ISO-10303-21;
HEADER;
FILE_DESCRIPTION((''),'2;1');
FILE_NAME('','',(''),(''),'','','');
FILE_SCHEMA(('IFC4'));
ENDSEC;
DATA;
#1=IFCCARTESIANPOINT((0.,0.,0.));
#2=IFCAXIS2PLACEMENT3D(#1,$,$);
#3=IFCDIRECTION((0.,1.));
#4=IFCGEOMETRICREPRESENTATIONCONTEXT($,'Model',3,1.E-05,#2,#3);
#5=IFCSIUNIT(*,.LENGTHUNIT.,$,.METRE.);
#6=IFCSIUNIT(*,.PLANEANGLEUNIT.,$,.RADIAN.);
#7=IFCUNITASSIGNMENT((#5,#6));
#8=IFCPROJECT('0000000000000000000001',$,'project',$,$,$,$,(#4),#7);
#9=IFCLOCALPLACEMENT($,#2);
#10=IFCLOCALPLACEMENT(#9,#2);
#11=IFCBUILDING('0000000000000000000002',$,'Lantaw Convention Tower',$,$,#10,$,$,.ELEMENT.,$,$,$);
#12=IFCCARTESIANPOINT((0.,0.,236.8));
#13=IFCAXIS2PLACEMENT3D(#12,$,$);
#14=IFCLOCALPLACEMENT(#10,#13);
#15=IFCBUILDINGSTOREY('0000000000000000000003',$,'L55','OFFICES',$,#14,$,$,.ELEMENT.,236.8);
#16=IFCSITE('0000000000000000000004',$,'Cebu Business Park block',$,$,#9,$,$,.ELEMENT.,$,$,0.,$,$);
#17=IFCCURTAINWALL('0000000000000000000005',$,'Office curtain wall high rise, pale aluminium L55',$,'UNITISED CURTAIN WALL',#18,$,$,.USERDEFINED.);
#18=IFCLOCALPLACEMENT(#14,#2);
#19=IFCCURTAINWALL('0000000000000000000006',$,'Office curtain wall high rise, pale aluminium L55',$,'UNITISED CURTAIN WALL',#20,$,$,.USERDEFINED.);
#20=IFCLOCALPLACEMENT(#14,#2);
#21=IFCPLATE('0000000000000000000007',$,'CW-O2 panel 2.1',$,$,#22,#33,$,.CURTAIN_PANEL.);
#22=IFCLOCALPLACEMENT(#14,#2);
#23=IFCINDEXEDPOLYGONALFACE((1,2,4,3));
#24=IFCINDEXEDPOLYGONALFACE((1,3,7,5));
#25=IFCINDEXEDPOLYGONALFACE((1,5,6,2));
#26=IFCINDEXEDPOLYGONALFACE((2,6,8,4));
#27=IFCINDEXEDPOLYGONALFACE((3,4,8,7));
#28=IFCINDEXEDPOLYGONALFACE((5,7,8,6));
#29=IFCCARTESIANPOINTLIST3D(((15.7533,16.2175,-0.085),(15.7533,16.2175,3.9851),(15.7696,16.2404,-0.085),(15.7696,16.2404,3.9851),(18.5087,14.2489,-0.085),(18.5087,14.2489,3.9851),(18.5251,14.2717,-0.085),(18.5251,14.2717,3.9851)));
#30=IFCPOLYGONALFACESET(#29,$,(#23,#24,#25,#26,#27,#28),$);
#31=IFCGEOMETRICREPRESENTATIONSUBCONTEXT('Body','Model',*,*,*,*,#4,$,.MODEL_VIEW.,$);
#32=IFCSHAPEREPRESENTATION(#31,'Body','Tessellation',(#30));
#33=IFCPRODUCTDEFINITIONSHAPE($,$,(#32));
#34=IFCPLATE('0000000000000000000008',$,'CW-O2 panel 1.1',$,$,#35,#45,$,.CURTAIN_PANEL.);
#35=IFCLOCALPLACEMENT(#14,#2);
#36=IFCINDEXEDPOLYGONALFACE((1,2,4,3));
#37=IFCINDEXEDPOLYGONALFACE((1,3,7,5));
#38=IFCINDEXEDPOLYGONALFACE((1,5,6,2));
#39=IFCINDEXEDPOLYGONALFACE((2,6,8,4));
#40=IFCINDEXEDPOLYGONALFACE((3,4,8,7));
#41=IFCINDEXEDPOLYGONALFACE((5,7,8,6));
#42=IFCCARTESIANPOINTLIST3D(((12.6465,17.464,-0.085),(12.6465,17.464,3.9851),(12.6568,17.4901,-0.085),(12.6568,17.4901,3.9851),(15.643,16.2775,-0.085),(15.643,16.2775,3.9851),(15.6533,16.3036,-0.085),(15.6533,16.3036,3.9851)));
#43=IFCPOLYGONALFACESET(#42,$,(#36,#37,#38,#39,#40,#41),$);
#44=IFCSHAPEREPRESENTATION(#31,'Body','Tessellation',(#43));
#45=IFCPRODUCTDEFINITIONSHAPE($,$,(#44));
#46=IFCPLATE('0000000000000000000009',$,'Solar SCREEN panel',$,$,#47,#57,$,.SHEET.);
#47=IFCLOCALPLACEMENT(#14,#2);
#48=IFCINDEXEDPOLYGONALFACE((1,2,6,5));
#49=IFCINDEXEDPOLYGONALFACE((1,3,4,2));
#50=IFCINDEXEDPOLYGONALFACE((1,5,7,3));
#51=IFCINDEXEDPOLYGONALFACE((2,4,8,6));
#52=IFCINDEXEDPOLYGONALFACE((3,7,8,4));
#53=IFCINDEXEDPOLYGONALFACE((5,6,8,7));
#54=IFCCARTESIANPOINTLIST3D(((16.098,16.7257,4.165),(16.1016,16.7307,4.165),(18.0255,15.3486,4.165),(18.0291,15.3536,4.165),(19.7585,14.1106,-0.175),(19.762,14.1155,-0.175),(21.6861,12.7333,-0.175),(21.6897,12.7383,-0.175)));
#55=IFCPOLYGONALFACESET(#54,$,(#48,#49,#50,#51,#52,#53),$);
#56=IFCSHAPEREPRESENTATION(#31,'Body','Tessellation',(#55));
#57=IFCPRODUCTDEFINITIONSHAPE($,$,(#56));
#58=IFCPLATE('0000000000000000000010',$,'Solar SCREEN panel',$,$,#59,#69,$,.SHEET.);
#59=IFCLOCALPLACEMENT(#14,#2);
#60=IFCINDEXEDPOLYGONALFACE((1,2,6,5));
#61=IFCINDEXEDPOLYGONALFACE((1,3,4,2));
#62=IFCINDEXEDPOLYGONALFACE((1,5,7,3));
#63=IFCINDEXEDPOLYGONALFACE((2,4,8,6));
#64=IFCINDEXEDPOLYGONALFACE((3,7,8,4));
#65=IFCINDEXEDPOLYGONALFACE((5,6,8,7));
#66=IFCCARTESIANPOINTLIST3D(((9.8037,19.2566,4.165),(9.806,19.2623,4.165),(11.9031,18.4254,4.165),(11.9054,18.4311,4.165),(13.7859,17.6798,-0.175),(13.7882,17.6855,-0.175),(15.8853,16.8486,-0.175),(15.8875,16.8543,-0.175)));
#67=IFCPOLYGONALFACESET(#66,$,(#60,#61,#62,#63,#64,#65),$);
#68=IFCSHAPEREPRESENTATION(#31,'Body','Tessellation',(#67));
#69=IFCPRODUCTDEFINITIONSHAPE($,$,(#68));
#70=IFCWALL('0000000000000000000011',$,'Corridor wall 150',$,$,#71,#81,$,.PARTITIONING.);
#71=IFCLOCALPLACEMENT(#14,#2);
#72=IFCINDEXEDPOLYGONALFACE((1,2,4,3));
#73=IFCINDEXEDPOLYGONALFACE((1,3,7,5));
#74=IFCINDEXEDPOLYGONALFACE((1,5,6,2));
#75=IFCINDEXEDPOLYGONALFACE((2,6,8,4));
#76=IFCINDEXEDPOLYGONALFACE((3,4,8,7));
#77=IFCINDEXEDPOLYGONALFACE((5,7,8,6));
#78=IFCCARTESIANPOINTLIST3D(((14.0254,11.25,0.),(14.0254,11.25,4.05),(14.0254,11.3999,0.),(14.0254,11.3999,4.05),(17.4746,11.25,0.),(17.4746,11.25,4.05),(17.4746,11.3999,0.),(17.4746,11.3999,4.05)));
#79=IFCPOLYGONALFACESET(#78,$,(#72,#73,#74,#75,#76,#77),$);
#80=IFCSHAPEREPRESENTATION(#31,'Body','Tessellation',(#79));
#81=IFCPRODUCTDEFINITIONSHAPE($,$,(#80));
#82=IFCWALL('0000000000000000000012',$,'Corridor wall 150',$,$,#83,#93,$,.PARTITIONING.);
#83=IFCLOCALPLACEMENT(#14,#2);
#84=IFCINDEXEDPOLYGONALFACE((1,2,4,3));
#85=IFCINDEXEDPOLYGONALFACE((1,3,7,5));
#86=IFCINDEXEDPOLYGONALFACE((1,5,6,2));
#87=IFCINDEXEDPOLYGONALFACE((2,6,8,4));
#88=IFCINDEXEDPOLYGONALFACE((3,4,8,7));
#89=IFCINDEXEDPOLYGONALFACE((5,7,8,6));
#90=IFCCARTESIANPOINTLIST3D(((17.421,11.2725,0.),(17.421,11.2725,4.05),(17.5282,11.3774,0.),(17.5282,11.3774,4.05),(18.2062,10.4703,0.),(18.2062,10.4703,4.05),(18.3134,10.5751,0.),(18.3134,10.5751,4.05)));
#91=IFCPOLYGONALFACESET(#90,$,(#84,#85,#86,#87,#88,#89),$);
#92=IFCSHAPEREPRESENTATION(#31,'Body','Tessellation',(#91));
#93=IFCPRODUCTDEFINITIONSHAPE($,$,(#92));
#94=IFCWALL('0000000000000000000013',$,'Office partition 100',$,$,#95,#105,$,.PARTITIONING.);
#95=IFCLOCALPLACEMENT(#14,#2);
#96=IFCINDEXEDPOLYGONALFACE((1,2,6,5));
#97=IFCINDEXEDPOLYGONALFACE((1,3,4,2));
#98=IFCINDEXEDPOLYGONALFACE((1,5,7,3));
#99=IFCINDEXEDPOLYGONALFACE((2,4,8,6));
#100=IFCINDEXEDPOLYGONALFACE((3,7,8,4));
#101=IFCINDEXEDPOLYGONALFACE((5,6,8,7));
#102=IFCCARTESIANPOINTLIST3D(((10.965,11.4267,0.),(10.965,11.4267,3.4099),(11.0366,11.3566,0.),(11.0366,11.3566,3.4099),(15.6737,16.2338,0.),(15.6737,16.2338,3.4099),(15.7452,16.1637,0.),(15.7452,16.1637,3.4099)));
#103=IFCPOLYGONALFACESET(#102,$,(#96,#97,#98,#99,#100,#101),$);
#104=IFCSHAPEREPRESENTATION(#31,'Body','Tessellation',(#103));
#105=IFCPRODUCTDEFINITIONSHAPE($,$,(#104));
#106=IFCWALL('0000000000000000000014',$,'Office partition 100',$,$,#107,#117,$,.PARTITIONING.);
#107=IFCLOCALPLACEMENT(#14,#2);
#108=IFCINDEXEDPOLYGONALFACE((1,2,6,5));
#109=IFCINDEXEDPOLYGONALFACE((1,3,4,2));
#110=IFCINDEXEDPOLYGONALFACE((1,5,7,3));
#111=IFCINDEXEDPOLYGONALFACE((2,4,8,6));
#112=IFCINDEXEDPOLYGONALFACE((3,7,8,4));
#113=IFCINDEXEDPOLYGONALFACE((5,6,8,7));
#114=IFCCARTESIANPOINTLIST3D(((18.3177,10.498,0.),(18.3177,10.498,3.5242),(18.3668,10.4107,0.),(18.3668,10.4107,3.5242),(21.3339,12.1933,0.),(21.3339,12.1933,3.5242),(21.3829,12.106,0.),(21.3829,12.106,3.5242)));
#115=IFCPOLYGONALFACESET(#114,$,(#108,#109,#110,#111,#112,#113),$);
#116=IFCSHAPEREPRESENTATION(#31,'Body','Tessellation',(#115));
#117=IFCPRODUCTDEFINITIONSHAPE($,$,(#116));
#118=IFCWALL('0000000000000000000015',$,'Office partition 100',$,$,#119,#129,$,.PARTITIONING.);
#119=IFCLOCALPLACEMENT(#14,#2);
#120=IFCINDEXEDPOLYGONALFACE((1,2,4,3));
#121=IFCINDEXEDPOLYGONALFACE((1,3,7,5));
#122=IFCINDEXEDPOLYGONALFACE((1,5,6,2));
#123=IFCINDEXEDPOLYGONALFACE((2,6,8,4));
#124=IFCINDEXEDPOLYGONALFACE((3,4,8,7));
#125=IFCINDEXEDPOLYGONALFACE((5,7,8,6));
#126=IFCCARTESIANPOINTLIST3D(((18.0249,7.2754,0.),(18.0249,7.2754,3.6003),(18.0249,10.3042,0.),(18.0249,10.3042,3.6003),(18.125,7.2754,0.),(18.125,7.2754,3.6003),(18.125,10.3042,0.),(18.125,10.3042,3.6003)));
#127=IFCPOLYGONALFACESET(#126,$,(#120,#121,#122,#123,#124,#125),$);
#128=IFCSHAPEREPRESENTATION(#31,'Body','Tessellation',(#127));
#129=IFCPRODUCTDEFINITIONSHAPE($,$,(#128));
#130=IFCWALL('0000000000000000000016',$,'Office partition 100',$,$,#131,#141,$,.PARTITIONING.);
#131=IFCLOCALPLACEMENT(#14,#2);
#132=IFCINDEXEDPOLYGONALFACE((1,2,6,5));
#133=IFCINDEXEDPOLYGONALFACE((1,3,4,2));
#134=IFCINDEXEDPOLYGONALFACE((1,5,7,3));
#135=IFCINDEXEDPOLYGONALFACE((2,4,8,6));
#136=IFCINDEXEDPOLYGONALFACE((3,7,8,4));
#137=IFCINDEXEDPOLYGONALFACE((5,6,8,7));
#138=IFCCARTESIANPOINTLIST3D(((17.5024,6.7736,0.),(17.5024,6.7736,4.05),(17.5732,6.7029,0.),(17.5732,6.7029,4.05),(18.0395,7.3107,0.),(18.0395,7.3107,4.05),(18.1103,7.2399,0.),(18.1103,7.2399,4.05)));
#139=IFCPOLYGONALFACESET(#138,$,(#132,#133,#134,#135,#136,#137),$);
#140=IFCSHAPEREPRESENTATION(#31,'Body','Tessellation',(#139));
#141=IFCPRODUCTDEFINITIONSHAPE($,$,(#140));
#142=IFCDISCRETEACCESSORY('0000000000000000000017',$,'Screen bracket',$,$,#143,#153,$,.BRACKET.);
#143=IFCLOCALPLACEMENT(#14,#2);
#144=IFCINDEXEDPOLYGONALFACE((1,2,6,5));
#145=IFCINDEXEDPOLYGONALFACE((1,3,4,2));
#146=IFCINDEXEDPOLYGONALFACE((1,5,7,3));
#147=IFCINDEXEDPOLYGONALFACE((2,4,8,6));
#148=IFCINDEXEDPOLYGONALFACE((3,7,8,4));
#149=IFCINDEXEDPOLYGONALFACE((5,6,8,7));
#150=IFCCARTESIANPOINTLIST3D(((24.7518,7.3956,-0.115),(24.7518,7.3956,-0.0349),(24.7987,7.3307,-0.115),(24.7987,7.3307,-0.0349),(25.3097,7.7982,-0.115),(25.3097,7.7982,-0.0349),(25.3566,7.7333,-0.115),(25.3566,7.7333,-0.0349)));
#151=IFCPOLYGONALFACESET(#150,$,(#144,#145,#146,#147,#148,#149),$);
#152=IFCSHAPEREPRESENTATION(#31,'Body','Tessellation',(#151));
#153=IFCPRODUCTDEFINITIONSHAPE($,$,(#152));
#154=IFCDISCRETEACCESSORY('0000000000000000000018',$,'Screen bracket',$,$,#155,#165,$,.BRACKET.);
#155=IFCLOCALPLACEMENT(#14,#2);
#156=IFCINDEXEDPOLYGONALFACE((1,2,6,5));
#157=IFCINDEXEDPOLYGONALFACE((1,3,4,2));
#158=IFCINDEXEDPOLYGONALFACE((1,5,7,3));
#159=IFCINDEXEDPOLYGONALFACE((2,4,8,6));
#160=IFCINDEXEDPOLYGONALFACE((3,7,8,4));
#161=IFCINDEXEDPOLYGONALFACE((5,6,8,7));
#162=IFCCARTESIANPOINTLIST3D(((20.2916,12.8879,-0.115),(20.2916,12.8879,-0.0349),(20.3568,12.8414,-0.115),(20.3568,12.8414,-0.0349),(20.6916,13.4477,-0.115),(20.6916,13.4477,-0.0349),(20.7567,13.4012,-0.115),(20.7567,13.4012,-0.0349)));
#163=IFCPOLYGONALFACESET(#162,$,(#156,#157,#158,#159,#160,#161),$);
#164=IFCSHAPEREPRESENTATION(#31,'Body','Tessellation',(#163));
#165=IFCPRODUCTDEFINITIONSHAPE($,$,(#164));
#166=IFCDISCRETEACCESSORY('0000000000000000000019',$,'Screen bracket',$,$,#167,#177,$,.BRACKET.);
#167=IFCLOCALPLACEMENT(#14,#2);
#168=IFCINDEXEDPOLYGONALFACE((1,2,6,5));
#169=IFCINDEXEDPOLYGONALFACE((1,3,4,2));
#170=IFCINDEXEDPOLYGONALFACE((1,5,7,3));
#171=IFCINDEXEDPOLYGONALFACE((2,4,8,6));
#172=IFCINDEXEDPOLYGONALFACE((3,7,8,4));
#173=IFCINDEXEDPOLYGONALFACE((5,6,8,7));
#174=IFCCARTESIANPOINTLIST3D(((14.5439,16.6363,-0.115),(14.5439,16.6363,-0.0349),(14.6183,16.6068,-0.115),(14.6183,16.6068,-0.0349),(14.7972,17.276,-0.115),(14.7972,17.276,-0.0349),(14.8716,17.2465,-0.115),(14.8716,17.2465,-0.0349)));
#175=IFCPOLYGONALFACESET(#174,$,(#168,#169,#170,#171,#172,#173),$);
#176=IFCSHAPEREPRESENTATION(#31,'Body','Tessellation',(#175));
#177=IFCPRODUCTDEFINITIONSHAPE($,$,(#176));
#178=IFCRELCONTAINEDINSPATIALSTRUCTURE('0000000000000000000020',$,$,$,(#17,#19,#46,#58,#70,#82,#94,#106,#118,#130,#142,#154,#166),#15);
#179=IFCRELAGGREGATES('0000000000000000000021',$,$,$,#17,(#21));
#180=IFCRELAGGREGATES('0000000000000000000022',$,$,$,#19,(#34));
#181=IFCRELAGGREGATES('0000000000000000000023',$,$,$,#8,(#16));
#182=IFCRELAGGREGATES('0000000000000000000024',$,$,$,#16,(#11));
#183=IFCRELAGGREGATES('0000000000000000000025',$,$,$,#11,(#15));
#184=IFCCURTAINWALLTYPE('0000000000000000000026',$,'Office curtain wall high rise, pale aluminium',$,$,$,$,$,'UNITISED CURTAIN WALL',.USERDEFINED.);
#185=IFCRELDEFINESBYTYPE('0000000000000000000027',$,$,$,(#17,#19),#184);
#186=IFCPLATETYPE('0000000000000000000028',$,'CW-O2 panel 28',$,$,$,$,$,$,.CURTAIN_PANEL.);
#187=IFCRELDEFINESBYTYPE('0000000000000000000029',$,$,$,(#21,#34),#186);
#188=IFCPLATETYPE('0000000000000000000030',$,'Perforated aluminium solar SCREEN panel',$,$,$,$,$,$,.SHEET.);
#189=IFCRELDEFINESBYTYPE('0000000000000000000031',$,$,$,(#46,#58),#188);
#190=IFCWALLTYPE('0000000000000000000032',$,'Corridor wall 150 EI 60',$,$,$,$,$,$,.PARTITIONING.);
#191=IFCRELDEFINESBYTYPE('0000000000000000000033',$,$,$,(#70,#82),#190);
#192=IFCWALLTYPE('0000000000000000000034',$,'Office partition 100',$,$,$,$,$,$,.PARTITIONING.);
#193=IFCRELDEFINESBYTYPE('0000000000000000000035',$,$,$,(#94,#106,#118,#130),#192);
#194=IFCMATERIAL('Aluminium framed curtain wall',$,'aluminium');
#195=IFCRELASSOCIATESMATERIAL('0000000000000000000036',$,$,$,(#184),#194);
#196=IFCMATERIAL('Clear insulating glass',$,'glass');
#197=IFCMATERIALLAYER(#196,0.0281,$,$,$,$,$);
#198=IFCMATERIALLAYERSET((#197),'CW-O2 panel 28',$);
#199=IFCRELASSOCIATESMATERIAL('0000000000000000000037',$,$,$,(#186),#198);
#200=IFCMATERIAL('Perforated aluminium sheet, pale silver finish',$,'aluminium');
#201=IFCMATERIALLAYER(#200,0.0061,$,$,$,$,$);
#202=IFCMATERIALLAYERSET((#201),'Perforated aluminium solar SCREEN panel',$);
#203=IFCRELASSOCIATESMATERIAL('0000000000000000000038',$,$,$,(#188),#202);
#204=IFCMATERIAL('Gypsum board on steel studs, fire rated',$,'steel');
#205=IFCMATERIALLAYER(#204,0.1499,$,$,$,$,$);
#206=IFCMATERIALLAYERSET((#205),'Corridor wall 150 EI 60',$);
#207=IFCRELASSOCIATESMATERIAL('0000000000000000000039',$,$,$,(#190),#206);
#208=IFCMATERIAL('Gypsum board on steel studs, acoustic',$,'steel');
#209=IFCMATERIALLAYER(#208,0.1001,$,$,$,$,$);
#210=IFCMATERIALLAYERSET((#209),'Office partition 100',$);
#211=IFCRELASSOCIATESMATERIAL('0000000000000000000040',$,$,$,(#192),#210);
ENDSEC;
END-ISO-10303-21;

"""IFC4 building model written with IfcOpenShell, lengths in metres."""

from ifc_helpers import new_model, si_unit, direction, frame, frame_2d, origin, origin_2d, place, context, subcontext, project, spatial, polyline, rectangle, outline, extrude, material, layer, layer_set, type_object, element, aggregate, save


model = new_model("IFC4")

# Units and contexts
model_context = context("Model", 3, precision=1e-05, world=origin(), true_north=direction((0.0, 1.0)))
body_context = subcontext(model_context, "Body", "Model", "MODEL_VIEW")
ifc_project = project(units=[si_unit("LENGTHUNIT", "METRE"), si_unit("PLANEANGLEUNIT", "RADIAN")], contexts=[model_context])

# Site, building, storey
site_placement = place(None, origin())
site = spatial("IfcSite", under=ifc_project, at=site_placement, Name="Cebu Business Park block", CompositionType="ELEMENT", RefElevation=0.0)
building_placement = place(site_placement, origin())
building = spatial("IfcBuilding", under=site, at=building_placement, Name="Lantaw Convention Tower", CompositionType="ELEMENT")
storey_placement = place(building_placement, frame((0.0, 0.0, 236.8)))
storey = spatial("IfcBuildingStorey", under=building, at=storey_placement, Name="L55", Description="OFFICES", CompositionType="ELEMENT", Elevation=236.8)

# Curtain wall
ifc_material_1 = material(Name="Aluminium framed curtain wall", Category="aluminium")
curtain_wall_type = type_object("IfcCurtainWallType", Name="Office curtain wall high rise, pale aluminium", ElementType="UNITISED CURTAIN WALL", PredefinedType="USERDEFINED", material=ifc_material_1)
curtain_wall_1_placement = place(storey_placement, origin())
curtain_wall_1 = element("IfcCurtainWall", 1, at=curtain_wall_1_placement, inside=storey, type_object=curtain_wall_type, Name="Office curtain wall high rise, pale aluminium L55", ObjectType="UNITISED CURTAIN WALL", PredefinedType="USERDEFINED")

# Curtain wall
curtain_wall_2_placement = place(storey_placement, origin())
curtain_wall_2 = element("IfcCurtainWall", 2, at=curtain_wall_2_placement, inside=storey, type_object=curtain_wall_type, Name="Office curtain wall high rise, pale aluminium L55", ObjectType="UNITISED CURTAIN WALL", PredefinedType="USERDEFINED")

# Plates
ifc_material_2 = material(Name="Clear insulating glass", Category="glass")
ifc_layer_1 = layer(ifc_material_2, 0.0281)
ifc_layer_set_1 = layer_set([ifc_layer_1], Name="CW-O2 panel 28")
plate_type_1 = type_object("IfcPlateType", Name="CW-O2 panel 28", PredefinedType="CURTAIN_PANEL", material=ifc_layer_set_1)
plate_1_placement = place(storey_placement, frame((17.1392, 15.2446, -0.085), z_axis=(0.0, 0.0, 1.0), x_axis=(-0.813673, 0.581323, 0.0)))
plate_1 = element("IfcPlate", 3, at=plate_1_placement, type_object=plate_type_1, Name="CW-O2 panel 2.1", PredefinedType="CURTAIN_PANEL", context=body_context, shape_type="SweptSolid", body=[
    extrude(rectangle(XDim=3.3865, YDim=0.0281, at=origin_2d()), origin(), (0.0, 0.0, 1.0), 4.0701),
])
aggregate(curtain_wall_1, [plate_1])
plate_2_placement = place(storey_placement, frame((14.1499, 16.8838, -0.085), z_axis=(0.0, 0.0, 1.0), x_axis=(-0.929762, 0.368162, 0.0)))
plate_2 = element("IfcPlate", 4, at=plate_2_placement, type_object=plate_type_1, Name="CW-O2 panel 1.1", PredefinedType="CURTAIN_PANEL", context=body_context, shape_type="SweptSolid", body=[
    extrude(rectangle(XDim=3.2229, YDim=0.0281, at=origin_2d()), origin(), (0.0, 0.0, 1.0), 4.0701),
])
aggregate(curtain_wall_2, [plate_2])

# Plates
ifc_material_3 = material(Name="Perforated aluminium sheet, pale silver finish", Category="aluminium")
ifc_layer_2 = layer(ifc_material_3, 0.0061)
ifc_layer_set_2 = layer_set([ifc_layer_2], Name="Perforated aluminium solar SCREEN panel")
plate_type_2 = type_object("IfcPlateType", Name="Perforated aluminium solar SCREEN panel", PredefinedType="SHEET", material=ifc_layer_set_2)
plate_3_placement = place(storey_placement, frame((21.6897, 12.7383, -0.175), z_axis=(0.581331, 0.813667, 0.00001), x_axis=(-0.813667, 0.581331, 0.0)))
element("IfcPlate", 5, at=plate_3_placement, inside=storey, type_object=plate_type_2, Name="Solar SCREEN panel", PredefinedType="SHEET", context=body_context, shape_type="SweptSolid", body=[
    extrude(outline(polyline([(0.0, 0.0), (2.3691, 0.0), (6.8678, 4.3401), (4.4989, 4.3401), (0.0, 0.0)])), origin(), (0.0, 0.0, -1.0), 0.0061),
])
plate_4_placement = place(storey_placement, frame((15.8853, 16.8486, -0.175), z_axis=(-0.368117, -0.92978, 0.000036), x_axis=(-0.92978, 0.368117, 0.0)))
element("IfcPlate", 6, at=plate_4_placement, inside=storey, type_object=plate_type_2, Name="Solar SCREEN panel", PredefinedType="SHEET", context=body_context, shape_type="SweptSolid", body=[
    extrude(outline(polyline([(0.0, 0.0), (2.2579, 0.0), (6.5409, -4.3401), (4.2829, -4.3401), (0.0, 0.0)])), origin(), (0.0, 0.0, -1.0), 0.0061),
])

# Walls
ifc_material_4 = material(Name="Gypsum board on steel studs, fire rated", Category="steel")
ifc_layer_3 = layer(ifc_material_4, 0.1499)
ifc_layer_set_3 = layer_set([ifc_layer_3], Name="Corridor wall 150 EI 60")
wall_type_1 = type_object("IfcWallType", Name="Corridor wall 150 EI 60", PredefinedType="PARTITIONING", material=ifc_layer_set_3)
wall_1_placement = place(storey_placement, frame((14.0254, 11.325, 0.0), z_axis=(0.0, 0.0, 1.0), x_axis=(1.0, 0.0, 0.0)))
element("IfcWall", 7, at=wall_1_placement, inside=storey, type_object=wall_type_1, Name="Corridor wall 150", PredefinedType="PARTITIONING", context=body_context, shape_type="SweptSolid", body=[
    extrude(rectangle(XDim=3.4492, YDim=0.1499, at=frame_2d((1.7246, 0.0))), origin(), (0.0, 0.0, 1.0), 4.05),
])
wall_2_placement = place(storey_placement, frame((17.4746, 11.325, 0.0), z_axis=(0.0, 0.0, 1.0), x_axis=(0.699454, -0.714678, 0.0)))
element("IfcWall", 8, at=wall_2_placement, inside=storey, type_object=wall_type_1, Name="Corridor wall 150", PredefinedType="PARTITIONING", context=body_context, shape_type="SweptSolid", body=[
    extrude(rectangle(XDim=1.1226, YDim=0.1499, at=frame_2d((0.5613, 0.0))), origin(), (0.0, 0.0, 1.0), 4.05),
])
ifc_material_5 = material(Name="Gypsum board on steel studs, acoustic", Category="steel")
ifc_layer_4 = layer(ifc_material_5, 0.1001)
ifc_layer_set_4 = layer_set([ifc_layer_4], Name="Office partition 100")
wall_type_2 = type_object("IfcWallType", Name="Office partition 100", PredefinedType="PARTITIONING", material=ifc_layer_set_4)
wall_3_placement = place(storey_placement, frame((15.7095, 16.1987, 0.0), z_axis=(0.0, 0.0, 1.0), x_axis=(-0.699758, -0.71438, 0.0)))
element("IfcWall", 9, at=wall_3_placement, inside=storey, type_object=wall_type_2, Name="Office partition 100", PredefinedType="PARTITIONING", context=body_context, shape_type="SweptSolid", body=[
    extrude(rectangle(XDim=6.729, YDim=0.1001, at=frame_2d((3.3645, 0.0))), origin(), (0.0, 0.0, 1.0), 3.4099),
])
wall_4_placement = place(storey_placement, frame((21.3584, 12.1497, 0.0), z_axis=(0.0, 0.0, 1.0), x_axis=(-0.87173, -0.489987, 0.0)))
element("IfcWall", 10, at=wall_4_placement, inside=storey, type_object=wall_type_2, Name="Office partition 100", PredefinedType="PARTITIONING", context=body_context, shape_type="SweptSolid", body=[
    extrude(rectangle(XDim=3.46, YDim=0.1001, at=frame_2d((1.73, 0.0))), origin(), (0.0, 0.0, 1.0), 3.5242),
])
wall_5_placement = place(storey_placement, frame((18.075, 10.3042, 0.0), z_axis=(0.0, 0.0, 1.0), x_axis=(0.0, -1.0, 0.0)))
element("IfcWall", 11, at=wall_5_placement, inside=storey, type_object=wall_type_2, Name="Office partition 100", PredefinedType="PARTITIONING", context=body_context, shape_type="SweptSolid", body=[
    extrude(rectangle(XDim=3.0288, YDim=0.1001, at=frame_2d((1.5144, 0.0))), origin(), (0.0, 0.0, 1.0), 3.6003),
])
wall_6_placement = place(storey_placement, frame((18.075, 7.2754, 0.0), z_axis=(0.0, 0.0, 1.0), x_axis=(-0.707107, -0.707107, 0.0)))
element("IfcWall", 12, at=wall_6_placement, inside=storey, type_object=wall_type_2, Name="Office partition 100", PredefinedType="PARTITIONING", context=body_context, shape_type="SweptSolid", body=[
    extrude(rectangle(XDim=0.7595, YDim=0.1001, at=frame_2d((0.3799, 0.0))), origin(), (0.0, 0.0, 1.0), 4.05),
])

# Discrete accessories
for number, where, z_axis, x_axis, name in (
    (13, (25.0542, 7.5645, -0.115), (0.0, 0.0, 1.0), (-0.585158, 0.81092, 0.0), "Screen bracket"),
    (14, (20.5242, 13.1445, -0.115), (0.0, 0.0, 1.0), (-0.813673, 0.581323, 0.0), "Screen bracket"),
    (15, (14.7078, 16.9414, -0.115), (0.0, 0.0, 1.0), (-0.929762, 0.368162, 0.0), "Screen bracket"),
):
    element("IfcDiscreteAccessory", number, at=place(storey_placement, frame(where, z_axis=z_axis, x_axis=x_axis)), inside=storey, Name=name, PredefinedType="BRACKET", context=body_context, shape_type="SweptSolid", body=[
        extrude(rectangle(XDim=0.0801, YDim=0.688, at=origin_2d()), origin(), (0.0, 0.0, 1.0), 0.0801),
    ])

save(model, "model.ifc")
